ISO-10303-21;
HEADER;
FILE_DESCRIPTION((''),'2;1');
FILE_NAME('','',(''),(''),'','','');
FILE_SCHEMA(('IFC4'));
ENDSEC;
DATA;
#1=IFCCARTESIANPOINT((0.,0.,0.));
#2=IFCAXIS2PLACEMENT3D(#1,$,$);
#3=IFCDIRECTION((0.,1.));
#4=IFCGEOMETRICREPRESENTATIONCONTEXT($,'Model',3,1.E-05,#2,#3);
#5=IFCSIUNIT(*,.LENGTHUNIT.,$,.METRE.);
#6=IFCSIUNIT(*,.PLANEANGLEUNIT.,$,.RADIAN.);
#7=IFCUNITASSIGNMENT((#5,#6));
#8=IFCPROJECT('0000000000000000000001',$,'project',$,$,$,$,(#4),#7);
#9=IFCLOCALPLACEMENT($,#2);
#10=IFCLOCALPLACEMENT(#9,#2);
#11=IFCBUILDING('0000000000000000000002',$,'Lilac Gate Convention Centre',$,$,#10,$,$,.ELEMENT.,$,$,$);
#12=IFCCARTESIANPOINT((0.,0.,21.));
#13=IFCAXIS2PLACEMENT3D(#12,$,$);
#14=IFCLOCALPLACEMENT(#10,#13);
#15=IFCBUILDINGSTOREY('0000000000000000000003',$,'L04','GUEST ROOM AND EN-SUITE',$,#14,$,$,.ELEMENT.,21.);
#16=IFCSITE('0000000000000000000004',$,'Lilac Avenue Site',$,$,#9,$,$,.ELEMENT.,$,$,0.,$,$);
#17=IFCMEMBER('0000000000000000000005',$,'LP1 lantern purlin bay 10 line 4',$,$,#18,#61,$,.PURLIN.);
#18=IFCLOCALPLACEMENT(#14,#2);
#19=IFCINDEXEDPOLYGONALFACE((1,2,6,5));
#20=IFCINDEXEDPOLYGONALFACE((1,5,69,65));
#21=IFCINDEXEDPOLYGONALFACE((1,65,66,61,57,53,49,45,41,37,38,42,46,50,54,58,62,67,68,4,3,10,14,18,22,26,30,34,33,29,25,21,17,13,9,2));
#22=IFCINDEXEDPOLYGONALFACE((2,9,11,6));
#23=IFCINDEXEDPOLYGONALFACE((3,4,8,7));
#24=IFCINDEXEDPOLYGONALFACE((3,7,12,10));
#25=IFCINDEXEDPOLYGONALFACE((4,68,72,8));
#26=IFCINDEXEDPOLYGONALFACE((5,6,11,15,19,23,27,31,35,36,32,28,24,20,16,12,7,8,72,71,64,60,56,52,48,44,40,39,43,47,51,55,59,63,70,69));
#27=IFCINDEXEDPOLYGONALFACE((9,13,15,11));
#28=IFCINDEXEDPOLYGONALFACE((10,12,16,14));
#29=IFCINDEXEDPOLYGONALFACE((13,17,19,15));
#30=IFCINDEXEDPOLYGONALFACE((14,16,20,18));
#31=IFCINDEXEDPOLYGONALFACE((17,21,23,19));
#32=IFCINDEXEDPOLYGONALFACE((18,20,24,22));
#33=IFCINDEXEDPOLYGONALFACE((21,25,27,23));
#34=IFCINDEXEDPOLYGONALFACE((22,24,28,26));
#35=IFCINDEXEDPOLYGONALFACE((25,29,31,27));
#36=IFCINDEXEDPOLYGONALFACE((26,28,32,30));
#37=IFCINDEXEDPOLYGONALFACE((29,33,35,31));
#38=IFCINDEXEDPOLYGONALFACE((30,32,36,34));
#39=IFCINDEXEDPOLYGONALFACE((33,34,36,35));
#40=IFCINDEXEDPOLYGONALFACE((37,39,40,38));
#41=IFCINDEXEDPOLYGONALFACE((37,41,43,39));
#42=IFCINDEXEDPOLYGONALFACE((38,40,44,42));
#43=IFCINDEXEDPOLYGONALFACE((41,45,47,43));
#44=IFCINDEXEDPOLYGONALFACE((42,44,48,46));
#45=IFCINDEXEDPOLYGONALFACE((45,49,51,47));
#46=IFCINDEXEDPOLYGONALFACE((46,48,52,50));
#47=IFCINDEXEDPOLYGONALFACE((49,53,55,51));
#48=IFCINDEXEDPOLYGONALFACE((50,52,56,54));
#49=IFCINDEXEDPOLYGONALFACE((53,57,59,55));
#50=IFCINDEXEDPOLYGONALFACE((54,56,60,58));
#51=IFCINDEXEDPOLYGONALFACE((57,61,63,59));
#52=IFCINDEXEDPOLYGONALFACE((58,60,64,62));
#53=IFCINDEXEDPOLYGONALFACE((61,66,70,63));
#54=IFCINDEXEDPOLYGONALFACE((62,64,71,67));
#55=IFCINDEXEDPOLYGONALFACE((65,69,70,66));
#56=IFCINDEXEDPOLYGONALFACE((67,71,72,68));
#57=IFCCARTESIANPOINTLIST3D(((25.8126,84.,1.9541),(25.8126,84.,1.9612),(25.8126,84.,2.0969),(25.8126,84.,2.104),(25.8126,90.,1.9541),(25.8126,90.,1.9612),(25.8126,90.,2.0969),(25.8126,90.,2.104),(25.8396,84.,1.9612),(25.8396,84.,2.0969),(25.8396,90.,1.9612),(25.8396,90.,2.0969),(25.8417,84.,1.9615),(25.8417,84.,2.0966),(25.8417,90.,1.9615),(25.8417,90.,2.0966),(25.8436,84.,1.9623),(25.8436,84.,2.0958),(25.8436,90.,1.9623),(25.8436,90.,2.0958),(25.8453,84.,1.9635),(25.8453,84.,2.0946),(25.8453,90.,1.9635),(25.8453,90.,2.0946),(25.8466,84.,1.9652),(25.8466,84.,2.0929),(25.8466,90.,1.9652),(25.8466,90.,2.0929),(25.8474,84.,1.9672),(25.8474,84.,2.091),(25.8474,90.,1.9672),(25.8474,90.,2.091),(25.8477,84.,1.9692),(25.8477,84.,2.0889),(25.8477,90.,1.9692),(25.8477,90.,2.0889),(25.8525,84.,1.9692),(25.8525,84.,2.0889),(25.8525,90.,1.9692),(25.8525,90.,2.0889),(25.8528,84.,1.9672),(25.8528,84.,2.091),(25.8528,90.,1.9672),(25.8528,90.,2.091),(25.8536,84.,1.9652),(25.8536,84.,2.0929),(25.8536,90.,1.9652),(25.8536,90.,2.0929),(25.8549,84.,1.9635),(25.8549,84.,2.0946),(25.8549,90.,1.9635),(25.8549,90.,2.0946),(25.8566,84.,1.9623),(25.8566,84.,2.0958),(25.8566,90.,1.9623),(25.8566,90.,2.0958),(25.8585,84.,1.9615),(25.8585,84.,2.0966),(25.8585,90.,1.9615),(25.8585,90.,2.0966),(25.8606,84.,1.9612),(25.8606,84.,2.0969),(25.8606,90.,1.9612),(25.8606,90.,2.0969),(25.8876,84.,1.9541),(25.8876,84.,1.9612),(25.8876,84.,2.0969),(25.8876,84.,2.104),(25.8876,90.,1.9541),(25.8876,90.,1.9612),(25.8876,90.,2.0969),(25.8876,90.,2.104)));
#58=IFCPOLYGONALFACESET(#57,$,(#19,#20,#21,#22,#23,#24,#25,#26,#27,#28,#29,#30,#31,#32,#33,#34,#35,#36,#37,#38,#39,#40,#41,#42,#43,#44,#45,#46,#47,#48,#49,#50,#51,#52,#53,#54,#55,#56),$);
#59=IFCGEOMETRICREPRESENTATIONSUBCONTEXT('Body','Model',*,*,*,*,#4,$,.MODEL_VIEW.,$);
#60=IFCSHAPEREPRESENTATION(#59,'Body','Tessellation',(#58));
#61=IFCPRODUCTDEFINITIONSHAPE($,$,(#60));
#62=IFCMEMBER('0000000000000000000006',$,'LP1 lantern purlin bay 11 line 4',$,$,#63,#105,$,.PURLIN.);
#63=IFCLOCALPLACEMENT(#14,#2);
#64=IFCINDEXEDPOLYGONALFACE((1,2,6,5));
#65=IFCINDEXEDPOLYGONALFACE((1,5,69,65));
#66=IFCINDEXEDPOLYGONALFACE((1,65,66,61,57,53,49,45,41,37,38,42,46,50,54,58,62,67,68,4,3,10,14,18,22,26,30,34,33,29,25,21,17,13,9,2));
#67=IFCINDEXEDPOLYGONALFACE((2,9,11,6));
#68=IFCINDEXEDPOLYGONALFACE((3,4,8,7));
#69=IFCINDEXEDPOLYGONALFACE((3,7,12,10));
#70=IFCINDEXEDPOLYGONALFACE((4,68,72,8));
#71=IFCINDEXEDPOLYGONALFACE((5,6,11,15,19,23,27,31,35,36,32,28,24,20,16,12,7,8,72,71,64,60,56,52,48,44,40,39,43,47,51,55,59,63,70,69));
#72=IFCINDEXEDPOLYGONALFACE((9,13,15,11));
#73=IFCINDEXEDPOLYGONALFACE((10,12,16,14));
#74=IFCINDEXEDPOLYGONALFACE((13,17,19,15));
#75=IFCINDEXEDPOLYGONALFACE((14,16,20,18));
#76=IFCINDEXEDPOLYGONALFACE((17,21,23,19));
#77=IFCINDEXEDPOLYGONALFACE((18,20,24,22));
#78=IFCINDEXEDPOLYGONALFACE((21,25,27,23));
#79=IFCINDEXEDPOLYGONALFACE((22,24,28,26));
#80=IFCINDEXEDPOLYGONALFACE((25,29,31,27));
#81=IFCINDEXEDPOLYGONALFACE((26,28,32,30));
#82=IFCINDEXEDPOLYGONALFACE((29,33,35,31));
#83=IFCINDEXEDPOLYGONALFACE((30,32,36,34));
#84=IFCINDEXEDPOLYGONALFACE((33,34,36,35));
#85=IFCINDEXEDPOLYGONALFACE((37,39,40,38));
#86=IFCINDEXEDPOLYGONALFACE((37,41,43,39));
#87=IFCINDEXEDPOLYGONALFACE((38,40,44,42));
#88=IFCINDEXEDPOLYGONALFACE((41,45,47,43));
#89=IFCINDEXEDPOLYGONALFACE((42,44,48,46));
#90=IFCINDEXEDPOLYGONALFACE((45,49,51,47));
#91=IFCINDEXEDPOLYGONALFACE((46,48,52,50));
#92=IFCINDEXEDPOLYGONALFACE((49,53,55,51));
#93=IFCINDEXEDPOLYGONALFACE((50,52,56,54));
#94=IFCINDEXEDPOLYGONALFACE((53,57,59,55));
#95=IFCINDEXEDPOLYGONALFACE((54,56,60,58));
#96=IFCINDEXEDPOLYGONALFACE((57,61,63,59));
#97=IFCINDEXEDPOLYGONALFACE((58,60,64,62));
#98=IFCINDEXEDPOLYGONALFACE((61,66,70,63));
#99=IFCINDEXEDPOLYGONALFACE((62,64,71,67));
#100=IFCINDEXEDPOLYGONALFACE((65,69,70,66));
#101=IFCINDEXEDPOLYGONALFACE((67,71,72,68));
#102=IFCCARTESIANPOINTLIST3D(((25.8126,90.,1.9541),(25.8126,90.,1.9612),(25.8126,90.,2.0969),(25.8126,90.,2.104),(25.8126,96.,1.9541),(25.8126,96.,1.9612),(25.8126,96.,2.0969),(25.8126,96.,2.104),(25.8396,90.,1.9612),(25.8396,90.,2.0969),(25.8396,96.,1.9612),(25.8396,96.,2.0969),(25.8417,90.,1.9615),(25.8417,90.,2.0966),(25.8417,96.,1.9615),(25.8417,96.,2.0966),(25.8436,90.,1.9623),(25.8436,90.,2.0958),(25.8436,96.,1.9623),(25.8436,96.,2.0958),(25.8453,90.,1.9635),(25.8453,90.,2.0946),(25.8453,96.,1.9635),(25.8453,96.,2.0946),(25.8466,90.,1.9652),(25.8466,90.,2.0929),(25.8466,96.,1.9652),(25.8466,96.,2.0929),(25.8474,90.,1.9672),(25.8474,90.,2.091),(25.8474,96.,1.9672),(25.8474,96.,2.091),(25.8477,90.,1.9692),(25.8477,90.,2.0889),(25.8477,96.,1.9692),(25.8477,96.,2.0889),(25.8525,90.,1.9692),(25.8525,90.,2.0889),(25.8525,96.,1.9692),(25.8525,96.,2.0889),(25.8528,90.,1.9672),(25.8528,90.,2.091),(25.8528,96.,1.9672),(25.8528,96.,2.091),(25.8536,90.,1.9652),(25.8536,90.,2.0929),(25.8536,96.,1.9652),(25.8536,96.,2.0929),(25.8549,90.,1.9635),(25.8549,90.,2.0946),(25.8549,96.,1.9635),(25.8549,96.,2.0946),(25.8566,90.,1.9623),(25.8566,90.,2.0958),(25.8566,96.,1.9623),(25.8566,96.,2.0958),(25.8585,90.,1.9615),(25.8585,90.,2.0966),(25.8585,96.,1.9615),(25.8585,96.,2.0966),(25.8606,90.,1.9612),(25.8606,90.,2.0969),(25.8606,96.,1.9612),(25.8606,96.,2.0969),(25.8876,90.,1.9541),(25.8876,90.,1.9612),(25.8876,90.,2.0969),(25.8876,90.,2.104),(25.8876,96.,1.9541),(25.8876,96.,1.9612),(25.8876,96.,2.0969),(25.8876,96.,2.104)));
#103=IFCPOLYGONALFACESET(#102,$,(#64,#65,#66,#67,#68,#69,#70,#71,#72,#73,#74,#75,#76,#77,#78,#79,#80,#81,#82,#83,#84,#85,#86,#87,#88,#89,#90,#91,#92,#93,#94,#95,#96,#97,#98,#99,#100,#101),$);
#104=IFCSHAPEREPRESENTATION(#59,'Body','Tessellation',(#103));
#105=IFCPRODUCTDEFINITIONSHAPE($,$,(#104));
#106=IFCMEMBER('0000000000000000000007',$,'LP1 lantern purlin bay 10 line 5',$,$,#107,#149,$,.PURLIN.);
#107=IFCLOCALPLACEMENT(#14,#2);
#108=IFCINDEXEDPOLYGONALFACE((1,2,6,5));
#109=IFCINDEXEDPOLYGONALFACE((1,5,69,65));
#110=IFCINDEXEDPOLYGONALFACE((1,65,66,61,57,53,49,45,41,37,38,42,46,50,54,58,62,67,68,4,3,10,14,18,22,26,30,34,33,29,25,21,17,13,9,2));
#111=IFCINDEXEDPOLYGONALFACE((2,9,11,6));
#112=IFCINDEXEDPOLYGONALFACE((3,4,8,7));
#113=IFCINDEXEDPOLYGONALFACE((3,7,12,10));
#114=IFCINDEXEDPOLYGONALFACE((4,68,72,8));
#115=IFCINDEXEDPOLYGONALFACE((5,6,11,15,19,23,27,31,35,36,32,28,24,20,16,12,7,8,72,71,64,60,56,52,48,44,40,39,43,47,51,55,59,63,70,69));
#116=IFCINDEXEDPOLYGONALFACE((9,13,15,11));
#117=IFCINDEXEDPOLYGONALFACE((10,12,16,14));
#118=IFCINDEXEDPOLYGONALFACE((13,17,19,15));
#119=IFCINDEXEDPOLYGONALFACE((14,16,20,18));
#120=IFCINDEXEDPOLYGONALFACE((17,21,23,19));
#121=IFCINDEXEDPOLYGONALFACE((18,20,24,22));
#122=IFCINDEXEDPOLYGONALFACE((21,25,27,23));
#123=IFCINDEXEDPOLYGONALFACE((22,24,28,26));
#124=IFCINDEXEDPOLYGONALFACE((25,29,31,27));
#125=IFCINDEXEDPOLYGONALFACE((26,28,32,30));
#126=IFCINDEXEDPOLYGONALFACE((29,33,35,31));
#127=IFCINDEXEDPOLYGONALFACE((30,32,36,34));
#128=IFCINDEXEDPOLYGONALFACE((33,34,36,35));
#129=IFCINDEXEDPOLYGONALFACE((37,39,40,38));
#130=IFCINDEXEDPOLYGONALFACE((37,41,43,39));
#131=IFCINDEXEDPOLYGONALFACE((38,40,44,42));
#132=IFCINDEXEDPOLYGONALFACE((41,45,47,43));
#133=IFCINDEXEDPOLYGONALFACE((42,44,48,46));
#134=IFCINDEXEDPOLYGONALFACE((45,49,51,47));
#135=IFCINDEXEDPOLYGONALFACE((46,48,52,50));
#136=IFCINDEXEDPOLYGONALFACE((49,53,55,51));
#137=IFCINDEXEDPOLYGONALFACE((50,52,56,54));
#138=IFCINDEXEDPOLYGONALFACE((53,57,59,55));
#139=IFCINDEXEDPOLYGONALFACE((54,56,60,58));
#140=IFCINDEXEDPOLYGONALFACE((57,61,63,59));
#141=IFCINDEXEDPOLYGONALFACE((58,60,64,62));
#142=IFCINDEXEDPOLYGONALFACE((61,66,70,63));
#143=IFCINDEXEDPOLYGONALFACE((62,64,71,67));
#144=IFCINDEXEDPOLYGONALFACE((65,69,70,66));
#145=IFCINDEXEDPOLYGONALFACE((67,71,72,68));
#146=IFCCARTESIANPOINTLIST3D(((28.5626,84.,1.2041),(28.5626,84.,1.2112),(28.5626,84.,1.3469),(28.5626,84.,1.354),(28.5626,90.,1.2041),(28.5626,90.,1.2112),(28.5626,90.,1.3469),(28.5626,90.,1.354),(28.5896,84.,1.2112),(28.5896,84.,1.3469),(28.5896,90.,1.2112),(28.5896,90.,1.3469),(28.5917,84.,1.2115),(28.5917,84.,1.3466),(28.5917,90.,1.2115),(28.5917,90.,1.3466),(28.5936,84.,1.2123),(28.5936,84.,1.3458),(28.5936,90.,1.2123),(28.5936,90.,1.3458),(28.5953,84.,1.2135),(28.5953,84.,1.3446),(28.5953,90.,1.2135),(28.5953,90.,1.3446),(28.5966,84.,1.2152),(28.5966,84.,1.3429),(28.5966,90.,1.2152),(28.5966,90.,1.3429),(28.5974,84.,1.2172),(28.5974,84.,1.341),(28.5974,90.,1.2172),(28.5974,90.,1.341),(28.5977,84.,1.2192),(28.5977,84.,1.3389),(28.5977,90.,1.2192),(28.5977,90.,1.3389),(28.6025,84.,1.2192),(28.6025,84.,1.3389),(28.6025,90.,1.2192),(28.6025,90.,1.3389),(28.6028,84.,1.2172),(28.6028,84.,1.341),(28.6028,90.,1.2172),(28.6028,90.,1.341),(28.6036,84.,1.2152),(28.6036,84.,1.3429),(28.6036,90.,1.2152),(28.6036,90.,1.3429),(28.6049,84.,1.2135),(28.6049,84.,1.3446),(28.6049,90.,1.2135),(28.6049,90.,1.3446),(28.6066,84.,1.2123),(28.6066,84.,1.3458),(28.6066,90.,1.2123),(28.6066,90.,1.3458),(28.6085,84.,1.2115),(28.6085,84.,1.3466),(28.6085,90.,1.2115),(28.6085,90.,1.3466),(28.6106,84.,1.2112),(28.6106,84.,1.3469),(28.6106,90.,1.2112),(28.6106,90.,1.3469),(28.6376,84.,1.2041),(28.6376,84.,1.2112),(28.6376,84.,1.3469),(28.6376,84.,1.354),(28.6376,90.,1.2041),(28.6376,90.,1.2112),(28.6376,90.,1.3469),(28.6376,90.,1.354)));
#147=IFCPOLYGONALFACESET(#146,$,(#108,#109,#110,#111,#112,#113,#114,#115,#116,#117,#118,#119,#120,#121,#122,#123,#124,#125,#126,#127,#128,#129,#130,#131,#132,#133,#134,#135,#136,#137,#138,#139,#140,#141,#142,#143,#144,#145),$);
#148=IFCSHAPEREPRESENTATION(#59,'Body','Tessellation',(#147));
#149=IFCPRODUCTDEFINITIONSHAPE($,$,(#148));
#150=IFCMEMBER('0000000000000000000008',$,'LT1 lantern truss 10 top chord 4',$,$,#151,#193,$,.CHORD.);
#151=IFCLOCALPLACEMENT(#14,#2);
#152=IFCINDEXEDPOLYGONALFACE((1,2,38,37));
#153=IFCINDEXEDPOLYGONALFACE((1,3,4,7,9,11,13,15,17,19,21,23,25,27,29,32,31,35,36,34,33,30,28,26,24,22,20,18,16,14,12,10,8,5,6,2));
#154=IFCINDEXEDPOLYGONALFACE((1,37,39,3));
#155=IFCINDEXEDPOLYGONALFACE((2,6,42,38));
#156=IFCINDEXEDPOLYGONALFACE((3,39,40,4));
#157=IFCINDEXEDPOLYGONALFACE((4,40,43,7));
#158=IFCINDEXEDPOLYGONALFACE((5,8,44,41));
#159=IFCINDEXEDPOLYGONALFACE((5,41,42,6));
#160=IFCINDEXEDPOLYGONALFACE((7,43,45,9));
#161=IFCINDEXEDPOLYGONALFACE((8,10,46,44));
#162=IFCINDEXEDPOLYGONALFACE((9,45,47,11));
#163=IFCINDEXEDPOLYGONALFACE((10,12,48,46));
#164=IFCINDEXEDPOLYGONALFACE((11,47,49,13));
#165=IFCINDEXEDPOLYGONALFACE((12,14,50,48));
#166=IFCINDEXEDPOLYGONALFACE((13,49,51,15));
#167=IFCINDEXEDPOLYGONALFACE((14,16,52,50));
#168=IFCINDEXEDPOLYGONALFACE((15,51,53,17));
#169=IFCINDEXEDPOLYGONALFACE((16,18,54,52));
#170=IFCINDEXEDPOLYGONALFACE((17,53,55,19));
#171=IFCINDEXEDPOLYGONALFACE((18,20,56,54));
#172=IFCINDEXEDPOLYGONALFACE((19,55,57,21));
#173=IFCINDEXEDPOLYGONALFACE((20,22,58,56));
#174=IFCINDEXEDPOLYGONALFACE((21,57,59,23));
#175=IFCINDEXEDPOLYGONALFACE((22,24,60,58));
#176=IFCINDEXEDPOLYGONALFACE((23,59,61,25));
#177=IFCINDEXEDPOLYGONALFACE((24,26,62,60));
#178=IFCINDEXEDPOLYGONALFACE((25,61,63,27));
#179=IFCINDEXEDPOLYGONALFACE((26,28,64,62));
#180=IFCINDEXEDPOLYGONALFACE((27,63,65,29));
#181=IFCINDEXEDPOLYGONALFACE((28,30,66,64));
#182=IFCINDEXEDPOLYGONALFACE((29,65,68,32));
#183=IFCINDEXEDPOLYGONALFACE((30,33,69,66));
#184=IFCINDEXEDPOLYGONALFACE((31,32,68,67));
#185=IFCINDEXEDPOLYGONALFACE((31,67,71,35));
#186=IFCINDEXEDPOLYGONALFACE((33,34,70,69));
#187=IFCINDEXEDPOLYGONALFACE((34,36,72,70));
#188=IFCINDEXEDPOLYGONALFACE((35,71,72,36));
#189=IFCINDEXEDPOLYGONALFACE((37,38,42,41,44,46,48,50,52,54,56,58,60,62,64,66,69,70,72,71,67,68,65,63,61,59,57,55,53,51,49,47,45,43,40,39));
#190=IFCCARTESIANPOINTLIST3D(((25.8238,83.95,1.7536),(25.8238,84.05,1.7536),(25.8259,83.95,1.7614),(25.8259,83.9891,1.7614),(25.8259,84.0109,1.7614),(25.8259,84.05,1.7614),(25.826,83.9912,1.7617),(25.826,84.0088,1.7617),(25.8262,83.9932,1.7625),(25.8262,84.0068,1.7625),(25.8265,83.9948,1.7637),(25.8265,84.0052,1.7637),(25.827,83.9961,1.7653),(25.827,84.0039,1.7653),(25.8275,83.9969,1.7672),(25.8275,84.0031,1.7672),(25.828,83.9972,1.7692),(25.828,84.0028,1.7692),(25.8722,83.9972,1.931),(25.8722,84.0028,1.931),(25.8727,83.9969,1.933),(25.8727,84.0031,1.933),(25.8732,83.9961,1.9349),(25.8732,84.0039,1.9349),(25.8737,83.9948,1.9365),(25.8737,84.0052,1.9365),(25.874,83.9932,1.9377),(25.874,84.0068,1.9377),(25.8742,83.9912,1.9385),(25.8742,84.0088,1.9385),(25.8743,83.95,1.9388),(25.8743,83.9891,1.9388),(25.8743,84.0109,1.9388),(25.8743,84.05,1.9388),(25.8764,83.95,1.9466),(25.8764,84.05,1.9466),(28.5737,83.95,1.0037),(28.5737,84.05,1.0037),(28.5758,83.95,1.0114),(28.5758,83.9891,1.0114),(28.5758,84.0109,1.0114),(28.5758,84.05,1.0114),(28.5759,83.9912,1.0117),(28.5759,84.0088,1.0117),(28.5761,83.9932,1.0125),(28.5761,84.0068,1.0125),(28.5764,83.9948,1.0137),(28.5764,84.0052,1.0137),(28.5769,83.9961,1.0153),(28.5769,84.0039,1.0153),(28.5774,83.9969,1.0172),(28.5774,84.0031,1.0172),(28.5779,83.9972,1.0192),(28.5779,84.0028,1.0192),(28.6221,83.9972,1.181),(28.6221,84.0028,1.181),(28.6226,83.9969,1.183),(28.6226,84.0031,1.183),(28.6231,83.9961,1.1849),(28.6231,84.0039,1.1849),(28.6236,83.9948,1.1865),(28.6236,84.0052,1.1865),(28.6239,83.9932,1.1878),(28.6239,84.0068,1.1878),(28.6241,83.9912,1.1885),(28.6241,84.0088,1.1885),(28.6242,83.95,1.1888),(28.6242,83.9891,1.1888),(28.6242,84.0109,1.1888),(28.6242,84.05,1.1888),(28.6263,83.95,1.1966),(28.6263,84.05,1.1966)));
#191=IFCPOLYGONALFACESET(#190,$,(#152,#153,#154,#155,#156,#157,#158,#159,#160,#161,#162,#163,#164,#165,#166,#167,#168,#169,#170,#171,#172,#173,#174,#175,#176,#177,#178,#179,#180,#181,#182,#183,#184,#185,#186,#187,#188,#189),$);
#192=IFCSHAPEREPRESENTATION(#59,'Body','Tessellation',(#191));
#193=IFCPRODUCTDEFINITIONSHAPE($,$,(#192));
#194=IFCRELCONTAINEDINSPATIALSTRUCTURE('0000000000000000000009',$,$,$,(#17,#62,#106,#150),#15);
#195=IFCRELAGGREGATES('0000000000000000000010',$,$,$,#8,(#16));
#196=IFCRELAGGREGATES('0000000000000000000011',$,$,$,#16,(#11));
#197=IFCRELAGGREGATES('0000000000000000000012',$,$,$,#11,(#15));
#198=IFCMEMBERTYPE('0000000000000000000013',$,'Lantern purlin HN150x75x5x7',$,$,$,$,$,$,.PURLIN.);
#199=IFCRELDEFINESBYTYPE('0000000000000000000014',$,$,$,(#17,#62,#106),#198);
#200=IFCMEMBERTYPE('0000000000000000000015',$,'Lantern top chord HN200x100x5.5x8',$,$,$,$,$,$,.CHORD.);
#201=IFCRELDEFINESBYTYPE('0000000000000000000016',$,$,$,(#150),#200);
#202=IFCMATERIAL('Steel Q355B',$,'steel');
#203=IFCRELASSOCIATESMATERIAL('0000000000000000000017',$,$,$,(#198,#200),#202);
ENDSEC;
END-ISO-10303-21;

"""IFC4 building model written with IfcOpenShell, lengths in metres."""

from ifc_helpers import new_model, si_unit, direction, frame, origin, origin_2d, place, context, subcontext, project, spatial, i_section, extrude, material, material_profile, profile_set, type_object, element, save


model = new_model("IFC4")

# Units and contexts
model_context = context("Model", 3, precision=1e-05, world=origin(), true_north=direction((0.0, 1.0)))
body_context = subcontext(model_context, "Body", "Model", "MODEL_VIEW")
ifc_project = project(units=[si_unit("LENGTHUNIT", "METRE"), si_unit("PLANEANGLEUNIT", "RADIAN")], contexts=[model_context])

# Site, building, storey
site_placement = place(None, origin())
site = spatial("IfcSite", under=ifc_project, at=site_placement, Name="Lilac Avenue Site", CompositionType="ELEMENT", RefElevation=0.0)
building_placement = place(site_placement, origin())
building = spatial("IfcBuilding", under=site, at=building_placement, Name="Lilac Gate Convention Centre", CompositionType="ELEMENT")
storey_placement = place(building_placement, frame((0.0, 0.0, 21.0)))
storey = spatial("IfcBuildingStorey", under=building, at=storey_placement, Name="L04", Description="GUEST ROOM AND EN-SUITE", CompositionType="ELEMENT", Elevation=21.0)

# Members
ifc_material_1 = material(Name="Steel Q355B", Category="steel")
ifc_material_profile_1 = material_profile(ifc_material_1, i_section(OverallWidth=0.075, OverallDepth=0.1499, WebThickness=0.0049, FlangeThickness=0.0071, FilletRadius=0.0081, at=origin_2d()), Name="HN150x75x5x7")
ifc_profile_set_1 = profile_set([ifc_material_profile_1], Name="Steel Q355B")
member_type_1 = type_object("IfcMemberType", Name="Lantern purlin HN150x75x5x7", PredefinedType="PURLIN", material=ifc_profile_set_1)
for number, where, z_axis, x_axis, name in (
    (1, (25.8501, 84.0, 2.0291), (0.0, 1.0, 0.0), (-1.0, 0.0, 0.0), "LP1 lantern purlin bay 10 line 4"),
    (2, (25.8501, 90.0, 2.0291), (0.0, 1.0, 0.0), (-1.0, 0.0, 0.0), "LP1 lantern purlin bay 11 line 4"),
    (3, (28.6001, 84.0, 1.2791), (0.0, 1.0, 0.0), (-1.0, 0.0, 0.0), "LP1 lantern purlin bay 10 line 5"),
):
    element("IfcMember", number, at=place(storey_placement, frame(where, z_axis=z_axis, x_axis=x_axis)), inside=storey, type_object=member_type_1, Name=name, PredefinedType="PURLIN", context=body_context, shape_type="SweptSolid", body=[
        extrude(i_section(OverallWidth=0.075, OverallDepth=0.1499, WebThickness=0.0049, FlangeThickness=0.0071, FilletRadius=0.0081, at=origin_2d()), origin(), (0.0, 0.0, 1.0), 6.0),
    ])
ifc_material_profile_2 = material_profile(ifc_material_1, i_section(OverallWidth=0.1001, OverallDepth=0.2, WebThickness=0.0056, FlangeThickness=0.0081, FilletRadius=0.0081, at=origin_2d()), Name="HN200x100x5.5x8")
ifc_profile_set_2 = profile_set([ifc_material_profile_2], Name="Steel Q355B")
member_type_2 = type_object("IfcMemberType", Name="Lantern top chord HN200x100x5.5x8", PredefinedType="CHORD", material=ifc_profile_set_2)
for number, where, z_axis, x_axis, name in (
    (4, (25.8501, 84.0, 1.8501), (0.964764, 0.0, -0.263117), (0.0, 1.0, 0.0), "LT1 lantern truss 10 top chord 4"),
):
    element("IfcMember", number, at=place(storey_placement, frame(where, z_axis=z_axis, x_axis=x_axis)), inside=storey, type_object=member_type_2, Name=name, PredefinedType="CHORD", context=body_context, shape_type="SweptSolid", body=[
        extrude(i_section(OverallWidth=0.1001, OverallDepth=0.2, WebThickness=0.0056, FlangeThickness=0.0081, FilletRadius=0.0081, at=origin_2d()), origin(), (0.0, 0.0, 1.0), 2.8503),
    ])

save(model, "model.ifc")
